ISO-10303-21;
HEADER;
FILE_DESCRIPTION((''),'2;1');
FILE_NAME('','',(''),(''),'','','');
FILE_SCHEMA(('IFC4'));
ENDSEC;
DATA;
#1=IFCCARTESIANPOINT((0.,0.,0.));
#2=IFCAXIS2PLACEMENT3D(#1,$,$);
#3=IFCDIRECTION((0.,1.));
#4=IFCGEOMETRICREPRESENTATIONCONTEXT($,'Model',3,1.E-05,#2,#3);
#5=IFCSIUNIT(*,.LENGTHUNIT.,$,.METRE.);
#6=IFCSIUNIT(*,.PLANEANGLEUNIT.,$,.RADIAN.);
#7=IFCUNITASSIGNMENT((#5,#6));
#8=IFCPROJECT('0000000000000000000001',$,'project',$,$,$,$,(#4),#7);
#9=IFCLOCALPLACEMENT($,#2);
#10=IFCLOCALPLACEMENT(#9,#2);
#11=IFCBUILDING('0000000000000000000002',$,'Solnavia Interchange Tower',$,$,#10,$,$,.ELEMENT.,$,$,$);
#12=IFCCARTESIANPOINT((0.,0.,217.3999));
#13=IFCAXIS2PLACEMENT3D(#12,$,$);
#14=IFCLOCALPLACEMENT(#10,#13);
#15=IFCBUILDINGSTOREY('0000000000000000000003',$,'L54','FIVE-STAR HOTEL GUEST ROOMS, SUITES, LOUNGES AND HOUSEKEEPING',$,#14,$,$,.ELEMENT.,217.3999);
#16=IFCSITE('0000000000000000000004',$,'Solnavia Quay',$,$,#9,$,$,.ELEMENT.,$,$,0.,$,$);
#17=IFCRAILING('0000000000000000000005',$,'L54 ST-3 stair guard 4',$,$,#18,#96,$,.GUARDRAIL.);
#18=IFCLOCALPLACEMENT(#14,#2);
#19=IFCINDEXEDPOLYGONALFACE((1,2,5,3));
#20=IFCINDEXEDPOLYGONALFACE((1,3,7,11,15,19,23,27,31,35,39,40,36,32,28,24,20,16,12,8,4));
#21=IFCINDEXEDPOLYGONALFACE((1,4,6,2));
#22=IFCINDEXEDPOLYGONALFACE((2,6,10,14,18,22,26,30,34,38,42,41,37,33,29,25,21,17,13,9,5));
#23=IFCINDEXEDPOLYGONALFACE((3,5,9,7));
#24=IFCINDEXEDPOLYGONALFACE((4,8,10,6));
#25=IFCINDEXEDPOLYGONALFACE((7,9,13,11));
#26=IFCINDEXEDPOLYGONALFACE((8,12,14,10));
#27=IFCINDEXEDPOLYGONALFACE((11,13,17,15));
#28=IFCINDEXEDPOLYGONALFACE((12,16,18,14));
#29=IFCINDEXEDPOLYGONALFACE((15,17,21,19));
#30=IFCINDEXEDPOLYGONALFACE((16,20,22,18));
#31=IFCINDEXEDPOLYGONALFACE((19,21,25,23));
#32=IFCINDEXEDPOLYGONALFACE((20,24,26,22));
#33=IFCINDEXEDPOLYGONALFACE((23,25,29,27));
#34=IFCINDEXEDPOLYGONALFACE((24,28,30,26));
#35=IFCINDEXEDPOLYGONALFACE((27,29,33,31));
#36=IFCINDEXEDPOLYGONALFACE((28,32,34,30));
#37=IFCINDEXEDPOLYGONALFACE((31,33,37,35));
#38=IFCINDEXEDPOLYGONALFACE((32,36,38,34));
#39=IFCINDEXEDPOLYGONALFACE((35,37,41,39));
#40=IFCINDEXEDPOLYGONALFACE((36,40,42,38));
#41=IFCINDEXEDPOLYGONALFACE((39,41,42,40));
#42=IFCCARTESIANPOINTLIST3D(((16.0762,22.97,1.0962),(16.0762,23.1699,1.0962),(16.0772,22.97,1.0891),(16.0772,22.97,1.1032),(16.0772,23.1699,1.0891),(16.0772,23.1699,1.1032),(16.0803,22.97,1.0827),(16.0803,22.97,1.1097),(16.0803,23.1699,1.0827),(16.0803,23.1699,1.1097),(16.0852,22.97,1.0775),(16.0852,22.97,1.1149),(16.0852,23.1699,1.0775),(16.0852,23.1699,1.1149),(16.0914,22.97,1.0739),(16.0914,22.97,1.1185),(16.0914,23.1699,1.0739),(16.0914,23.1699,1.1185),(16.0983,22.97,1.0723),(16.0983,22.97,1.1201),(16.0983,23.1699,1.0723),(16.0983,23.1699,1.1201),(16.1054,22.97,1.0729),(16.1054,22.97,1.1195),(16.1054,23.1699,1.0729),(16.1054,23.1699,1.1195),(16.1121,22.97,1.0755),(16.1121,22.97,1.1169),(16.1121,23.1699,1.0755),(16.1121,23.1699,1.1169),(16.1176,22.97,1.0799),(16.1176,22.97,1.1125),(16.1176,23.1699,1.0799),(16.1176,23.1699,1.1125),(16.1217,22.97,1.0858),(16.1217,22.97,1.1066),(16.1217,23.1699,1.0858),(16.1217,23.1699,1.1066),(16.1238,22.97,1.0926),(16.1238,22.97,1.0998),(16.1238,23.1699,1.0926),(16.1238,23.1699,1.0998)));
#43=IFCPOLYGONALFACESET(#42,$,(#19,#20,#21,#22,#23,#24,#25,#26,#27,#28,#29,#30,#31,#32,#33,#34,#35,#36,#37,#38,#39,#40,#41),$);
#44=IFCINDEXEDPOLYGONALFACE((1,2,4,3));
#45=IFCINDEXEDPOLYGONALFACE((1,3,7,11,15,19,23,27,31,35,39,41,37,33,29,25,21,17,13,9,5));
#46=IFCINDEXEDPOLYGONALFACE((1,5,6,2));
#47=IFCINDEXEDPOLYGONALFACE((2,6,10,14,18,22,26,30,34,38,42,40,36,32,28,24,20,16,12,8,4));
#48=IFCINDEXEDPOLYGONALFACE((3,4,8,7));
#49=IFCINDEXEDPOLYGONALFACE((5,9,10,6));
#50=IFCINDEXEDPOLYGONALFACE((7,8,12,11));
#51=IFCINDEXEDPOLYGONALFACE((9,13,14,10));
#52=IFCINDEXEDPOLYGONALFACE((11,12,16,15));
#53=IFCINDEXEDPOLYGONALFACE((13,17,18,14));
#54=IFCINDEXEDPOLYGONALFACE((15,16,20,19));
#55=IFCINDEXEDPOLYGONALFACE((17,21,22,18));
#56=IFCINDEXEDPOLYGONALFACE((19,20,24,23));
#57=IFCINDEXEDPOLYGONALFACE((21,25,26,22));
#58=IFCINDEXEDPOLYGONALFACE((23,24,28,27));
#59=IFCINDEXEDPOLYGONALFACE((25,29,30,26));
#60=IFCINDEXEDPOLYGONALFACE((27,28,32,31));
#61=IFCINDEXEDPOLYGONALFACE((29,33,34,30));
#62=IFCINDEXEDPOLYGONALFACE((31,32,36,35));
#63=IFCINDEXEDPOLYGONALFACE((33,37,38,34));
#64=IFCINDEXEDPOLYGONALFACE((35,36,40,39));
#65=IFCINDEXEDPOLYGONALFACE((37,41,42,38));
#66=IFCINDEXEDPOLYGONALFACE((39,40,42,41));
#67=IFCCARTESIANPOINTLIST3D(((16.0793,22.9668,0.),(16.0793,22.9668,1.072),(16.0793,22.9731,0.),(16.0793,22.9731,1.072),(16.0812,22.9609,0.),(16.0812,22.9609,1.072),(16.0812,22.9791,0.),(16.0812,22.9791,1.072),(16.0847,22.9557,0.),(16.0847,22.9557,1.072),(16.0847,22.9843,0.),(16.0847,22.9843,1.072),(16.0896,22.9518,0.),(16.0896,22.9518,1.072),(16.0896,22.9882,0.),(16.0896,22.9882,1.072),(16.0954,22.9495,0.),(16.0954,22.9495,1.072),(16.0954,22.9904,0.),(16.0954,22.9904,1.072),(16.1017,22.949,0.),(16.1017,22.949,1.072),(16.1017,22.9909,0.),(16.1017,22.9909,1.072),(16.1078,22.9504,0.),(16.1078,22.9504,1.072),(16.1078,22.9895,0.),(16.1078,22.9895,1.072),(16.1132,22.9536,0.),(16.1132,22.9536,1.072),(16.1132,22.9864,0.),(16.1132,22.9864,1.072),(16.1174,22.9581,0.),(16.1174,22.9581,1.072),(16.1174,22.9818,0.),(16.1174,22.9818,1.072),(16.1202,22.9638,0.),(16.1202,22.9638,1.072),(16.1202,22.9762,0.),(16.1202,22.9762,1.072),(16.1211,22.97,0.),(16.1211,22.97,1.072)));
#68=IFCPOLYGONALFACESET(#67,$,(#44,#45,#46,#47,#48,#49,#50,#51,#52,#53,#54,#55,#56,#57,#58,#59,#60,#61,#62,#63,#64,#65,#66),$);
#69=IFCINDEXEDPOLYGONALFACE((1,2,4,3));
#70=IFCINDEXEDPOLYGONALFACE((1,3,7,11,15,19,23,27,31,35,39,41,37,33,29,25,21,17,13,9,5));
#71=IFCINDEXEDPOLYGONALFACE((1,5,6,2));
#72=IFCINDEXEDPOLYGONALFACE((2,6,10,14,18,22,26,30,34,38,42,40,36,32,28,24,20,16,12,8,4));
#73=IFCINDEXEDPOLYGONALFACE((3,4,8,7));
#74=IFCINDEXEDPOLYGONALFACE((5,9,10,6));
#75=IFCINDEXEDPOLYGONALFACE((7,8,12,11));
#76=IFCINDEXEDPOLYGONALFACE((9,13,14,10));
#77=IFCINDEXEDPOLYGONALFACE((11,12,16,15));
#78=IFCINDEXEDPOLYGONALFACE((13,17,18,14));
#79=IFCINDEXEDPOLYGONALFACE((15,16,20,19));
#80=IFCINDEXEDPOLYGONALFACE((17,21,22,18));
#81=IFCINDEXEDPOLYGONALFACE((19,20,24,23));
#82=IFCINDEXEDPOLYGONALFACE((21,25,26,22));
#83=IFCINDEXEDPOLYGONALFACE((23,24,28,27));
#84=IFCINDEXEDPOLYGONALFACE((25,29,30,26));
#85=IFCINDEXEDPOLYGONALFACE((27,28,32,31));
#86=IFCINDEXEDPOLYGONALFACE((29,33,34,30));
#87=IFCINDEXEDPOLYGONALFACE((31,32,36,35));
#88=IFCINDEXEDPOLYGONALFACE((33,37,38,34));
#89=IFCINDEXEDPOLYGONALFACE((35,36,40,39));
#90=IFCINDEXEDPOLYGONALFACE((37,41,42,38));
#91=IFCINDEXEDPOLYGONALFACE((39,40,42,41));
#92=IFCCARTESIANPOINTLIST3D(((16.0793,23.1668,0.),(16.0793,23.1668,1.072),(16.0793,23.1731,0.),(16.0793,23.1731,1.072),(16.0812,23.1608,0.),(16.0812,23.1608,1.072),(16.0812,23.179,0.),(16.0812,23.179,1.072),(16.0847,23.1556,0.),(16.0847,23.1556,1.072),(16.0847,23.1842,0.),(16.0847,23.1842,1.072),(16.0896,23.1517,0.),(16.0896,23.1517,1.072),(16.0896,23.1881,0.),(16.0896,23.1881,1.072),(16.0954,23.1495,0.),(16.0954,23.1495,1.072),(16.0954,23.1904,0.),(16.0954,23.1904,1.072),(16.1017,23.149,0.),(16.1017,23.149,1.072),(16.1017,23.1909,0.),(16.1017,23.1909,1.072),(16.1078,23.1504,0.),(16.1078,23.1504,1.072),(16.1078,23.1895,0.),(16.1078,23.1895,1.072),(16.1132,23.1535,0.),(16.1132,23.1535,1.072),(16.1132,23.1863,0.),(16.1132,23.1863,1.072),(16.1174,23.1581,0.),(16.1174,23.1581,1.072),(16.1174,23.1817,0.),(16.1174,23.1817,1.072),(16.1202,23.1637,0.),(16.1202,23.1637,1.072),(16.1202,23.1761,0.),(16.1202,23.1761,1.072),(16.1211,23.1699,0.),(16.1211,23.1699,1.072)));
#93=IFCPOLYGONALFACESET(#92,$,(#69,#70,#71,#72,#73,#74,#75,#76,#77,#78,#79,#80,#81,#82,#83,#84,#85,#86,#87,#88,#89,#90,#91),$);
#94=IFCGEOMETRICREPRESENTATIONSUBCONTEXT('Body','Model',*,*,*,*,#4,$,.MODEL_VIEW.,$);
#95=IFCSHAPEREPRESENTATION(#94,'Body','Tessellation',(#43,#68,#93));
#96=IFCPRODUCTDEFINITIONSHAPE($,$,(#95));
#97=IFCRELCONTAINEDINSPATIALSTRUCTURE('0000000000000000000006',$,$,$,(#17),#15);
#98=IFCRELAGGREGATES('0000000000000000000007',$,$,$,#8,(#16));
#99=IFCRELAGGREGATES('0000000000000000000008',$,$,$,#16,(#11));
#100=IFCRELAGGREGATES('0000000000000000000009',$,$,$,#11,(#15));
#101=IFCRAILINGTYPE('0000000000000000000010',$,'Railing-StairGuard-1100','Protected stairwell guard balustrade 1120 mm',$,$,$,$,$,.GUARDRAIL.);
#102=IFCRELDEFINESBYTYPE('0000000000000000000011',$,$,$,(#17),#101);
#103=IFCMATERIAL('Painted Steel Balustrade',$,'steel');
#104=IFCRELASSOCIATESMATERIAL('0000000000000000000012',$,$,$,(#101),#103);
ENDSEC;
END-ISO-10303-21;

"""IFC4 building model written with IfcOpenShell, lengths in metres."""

from ifc_helpers import new_model, si_unit, direction, frame, origin, origin_2d, place, context, subcontext, project, spatial, circle, extrude, material, type_object, element, save


model = new_model("IFC4")

# Units and contexts
model_context = context("Model", 3, precision=1e-05, world=origin(), true_north=direction((0.0, 1.0)))
body_context = subcontext(model_context, "Body", "Model", "MODEL_VIEW")
ifc_project = project(units=[si_unit("LENGTHUNIT", "METRE"), si_unit("PLANEANGLEUNIT", "RADIAN")], contexts=[model_context])

# Site, building, storey
site_placement = place(None, origin())
site = spatial("IfcSite", under=ifc_project, at=site_placement, Name="Solnavia Quay", CompositionType="ELEMENT", RefElevation=0.0)
building_placement = place(site_placement, origin())
building = spatial("IfcBuilding", under=site, at=building_placement, Name="Solnavia Interchange Tower", CompositionType="ELEMENT")
storey_placement = place(building_placement, frame((0.0, 0.0, 217.3999)))
storey = spatial("IfcBuildingStorey", under=building, at=storey_placement, Name="L54", Description="FIVE-STAR HOTEL GUEST ROOMS, SUITES, LOUNGES AND HOUSEKEEPING", CompositionType="ELEMENT", Elevation=217.3999)

# Railing
ifc_material_1 = material(Name="Painted Steel Balustrade", Category="steel")
railing_type_1 = type_object("IfcRailingType", Name="Railing-StairGuard-1100", Description="Protected stairwell guard balustrade 1120 mm", PredefinedType="GUARDRAIL", material=ifc_material_1)
railing_1_placement = place(storey_placement, frame((16.1001, 22.97, 0.0)))
element("IfcRailing", 1, at=railing_1_placement, inside=storey, type_object=railing_type_1, Name="L54 ST-3 stair guard 4", PredefinedType="GUARDRAIL", context=body_context, shape_type="SweptSolid", body=[
    extrude(circle(Radius=0.0239, at=origin_2d()), frame((0.0, 0.0, 1.0962), z_axis=(0.0, 1.0, 0.0), x_axis=(-1.0, 0.0, 0.0)), (0.0, 0.0, 1.0), 0.2),
    extrude(circle(Radius=0.021, at=origin_2d()), origin(), (0.0, 0.0, 1.0), 1.072),
    extrude(circle(Radius=0.021, at=origin_2d()), frame((0.0, 0.2, 0.0)), (0.0, 0.0, 1.0), 1.072),
])

save(model, "model.ifc")
